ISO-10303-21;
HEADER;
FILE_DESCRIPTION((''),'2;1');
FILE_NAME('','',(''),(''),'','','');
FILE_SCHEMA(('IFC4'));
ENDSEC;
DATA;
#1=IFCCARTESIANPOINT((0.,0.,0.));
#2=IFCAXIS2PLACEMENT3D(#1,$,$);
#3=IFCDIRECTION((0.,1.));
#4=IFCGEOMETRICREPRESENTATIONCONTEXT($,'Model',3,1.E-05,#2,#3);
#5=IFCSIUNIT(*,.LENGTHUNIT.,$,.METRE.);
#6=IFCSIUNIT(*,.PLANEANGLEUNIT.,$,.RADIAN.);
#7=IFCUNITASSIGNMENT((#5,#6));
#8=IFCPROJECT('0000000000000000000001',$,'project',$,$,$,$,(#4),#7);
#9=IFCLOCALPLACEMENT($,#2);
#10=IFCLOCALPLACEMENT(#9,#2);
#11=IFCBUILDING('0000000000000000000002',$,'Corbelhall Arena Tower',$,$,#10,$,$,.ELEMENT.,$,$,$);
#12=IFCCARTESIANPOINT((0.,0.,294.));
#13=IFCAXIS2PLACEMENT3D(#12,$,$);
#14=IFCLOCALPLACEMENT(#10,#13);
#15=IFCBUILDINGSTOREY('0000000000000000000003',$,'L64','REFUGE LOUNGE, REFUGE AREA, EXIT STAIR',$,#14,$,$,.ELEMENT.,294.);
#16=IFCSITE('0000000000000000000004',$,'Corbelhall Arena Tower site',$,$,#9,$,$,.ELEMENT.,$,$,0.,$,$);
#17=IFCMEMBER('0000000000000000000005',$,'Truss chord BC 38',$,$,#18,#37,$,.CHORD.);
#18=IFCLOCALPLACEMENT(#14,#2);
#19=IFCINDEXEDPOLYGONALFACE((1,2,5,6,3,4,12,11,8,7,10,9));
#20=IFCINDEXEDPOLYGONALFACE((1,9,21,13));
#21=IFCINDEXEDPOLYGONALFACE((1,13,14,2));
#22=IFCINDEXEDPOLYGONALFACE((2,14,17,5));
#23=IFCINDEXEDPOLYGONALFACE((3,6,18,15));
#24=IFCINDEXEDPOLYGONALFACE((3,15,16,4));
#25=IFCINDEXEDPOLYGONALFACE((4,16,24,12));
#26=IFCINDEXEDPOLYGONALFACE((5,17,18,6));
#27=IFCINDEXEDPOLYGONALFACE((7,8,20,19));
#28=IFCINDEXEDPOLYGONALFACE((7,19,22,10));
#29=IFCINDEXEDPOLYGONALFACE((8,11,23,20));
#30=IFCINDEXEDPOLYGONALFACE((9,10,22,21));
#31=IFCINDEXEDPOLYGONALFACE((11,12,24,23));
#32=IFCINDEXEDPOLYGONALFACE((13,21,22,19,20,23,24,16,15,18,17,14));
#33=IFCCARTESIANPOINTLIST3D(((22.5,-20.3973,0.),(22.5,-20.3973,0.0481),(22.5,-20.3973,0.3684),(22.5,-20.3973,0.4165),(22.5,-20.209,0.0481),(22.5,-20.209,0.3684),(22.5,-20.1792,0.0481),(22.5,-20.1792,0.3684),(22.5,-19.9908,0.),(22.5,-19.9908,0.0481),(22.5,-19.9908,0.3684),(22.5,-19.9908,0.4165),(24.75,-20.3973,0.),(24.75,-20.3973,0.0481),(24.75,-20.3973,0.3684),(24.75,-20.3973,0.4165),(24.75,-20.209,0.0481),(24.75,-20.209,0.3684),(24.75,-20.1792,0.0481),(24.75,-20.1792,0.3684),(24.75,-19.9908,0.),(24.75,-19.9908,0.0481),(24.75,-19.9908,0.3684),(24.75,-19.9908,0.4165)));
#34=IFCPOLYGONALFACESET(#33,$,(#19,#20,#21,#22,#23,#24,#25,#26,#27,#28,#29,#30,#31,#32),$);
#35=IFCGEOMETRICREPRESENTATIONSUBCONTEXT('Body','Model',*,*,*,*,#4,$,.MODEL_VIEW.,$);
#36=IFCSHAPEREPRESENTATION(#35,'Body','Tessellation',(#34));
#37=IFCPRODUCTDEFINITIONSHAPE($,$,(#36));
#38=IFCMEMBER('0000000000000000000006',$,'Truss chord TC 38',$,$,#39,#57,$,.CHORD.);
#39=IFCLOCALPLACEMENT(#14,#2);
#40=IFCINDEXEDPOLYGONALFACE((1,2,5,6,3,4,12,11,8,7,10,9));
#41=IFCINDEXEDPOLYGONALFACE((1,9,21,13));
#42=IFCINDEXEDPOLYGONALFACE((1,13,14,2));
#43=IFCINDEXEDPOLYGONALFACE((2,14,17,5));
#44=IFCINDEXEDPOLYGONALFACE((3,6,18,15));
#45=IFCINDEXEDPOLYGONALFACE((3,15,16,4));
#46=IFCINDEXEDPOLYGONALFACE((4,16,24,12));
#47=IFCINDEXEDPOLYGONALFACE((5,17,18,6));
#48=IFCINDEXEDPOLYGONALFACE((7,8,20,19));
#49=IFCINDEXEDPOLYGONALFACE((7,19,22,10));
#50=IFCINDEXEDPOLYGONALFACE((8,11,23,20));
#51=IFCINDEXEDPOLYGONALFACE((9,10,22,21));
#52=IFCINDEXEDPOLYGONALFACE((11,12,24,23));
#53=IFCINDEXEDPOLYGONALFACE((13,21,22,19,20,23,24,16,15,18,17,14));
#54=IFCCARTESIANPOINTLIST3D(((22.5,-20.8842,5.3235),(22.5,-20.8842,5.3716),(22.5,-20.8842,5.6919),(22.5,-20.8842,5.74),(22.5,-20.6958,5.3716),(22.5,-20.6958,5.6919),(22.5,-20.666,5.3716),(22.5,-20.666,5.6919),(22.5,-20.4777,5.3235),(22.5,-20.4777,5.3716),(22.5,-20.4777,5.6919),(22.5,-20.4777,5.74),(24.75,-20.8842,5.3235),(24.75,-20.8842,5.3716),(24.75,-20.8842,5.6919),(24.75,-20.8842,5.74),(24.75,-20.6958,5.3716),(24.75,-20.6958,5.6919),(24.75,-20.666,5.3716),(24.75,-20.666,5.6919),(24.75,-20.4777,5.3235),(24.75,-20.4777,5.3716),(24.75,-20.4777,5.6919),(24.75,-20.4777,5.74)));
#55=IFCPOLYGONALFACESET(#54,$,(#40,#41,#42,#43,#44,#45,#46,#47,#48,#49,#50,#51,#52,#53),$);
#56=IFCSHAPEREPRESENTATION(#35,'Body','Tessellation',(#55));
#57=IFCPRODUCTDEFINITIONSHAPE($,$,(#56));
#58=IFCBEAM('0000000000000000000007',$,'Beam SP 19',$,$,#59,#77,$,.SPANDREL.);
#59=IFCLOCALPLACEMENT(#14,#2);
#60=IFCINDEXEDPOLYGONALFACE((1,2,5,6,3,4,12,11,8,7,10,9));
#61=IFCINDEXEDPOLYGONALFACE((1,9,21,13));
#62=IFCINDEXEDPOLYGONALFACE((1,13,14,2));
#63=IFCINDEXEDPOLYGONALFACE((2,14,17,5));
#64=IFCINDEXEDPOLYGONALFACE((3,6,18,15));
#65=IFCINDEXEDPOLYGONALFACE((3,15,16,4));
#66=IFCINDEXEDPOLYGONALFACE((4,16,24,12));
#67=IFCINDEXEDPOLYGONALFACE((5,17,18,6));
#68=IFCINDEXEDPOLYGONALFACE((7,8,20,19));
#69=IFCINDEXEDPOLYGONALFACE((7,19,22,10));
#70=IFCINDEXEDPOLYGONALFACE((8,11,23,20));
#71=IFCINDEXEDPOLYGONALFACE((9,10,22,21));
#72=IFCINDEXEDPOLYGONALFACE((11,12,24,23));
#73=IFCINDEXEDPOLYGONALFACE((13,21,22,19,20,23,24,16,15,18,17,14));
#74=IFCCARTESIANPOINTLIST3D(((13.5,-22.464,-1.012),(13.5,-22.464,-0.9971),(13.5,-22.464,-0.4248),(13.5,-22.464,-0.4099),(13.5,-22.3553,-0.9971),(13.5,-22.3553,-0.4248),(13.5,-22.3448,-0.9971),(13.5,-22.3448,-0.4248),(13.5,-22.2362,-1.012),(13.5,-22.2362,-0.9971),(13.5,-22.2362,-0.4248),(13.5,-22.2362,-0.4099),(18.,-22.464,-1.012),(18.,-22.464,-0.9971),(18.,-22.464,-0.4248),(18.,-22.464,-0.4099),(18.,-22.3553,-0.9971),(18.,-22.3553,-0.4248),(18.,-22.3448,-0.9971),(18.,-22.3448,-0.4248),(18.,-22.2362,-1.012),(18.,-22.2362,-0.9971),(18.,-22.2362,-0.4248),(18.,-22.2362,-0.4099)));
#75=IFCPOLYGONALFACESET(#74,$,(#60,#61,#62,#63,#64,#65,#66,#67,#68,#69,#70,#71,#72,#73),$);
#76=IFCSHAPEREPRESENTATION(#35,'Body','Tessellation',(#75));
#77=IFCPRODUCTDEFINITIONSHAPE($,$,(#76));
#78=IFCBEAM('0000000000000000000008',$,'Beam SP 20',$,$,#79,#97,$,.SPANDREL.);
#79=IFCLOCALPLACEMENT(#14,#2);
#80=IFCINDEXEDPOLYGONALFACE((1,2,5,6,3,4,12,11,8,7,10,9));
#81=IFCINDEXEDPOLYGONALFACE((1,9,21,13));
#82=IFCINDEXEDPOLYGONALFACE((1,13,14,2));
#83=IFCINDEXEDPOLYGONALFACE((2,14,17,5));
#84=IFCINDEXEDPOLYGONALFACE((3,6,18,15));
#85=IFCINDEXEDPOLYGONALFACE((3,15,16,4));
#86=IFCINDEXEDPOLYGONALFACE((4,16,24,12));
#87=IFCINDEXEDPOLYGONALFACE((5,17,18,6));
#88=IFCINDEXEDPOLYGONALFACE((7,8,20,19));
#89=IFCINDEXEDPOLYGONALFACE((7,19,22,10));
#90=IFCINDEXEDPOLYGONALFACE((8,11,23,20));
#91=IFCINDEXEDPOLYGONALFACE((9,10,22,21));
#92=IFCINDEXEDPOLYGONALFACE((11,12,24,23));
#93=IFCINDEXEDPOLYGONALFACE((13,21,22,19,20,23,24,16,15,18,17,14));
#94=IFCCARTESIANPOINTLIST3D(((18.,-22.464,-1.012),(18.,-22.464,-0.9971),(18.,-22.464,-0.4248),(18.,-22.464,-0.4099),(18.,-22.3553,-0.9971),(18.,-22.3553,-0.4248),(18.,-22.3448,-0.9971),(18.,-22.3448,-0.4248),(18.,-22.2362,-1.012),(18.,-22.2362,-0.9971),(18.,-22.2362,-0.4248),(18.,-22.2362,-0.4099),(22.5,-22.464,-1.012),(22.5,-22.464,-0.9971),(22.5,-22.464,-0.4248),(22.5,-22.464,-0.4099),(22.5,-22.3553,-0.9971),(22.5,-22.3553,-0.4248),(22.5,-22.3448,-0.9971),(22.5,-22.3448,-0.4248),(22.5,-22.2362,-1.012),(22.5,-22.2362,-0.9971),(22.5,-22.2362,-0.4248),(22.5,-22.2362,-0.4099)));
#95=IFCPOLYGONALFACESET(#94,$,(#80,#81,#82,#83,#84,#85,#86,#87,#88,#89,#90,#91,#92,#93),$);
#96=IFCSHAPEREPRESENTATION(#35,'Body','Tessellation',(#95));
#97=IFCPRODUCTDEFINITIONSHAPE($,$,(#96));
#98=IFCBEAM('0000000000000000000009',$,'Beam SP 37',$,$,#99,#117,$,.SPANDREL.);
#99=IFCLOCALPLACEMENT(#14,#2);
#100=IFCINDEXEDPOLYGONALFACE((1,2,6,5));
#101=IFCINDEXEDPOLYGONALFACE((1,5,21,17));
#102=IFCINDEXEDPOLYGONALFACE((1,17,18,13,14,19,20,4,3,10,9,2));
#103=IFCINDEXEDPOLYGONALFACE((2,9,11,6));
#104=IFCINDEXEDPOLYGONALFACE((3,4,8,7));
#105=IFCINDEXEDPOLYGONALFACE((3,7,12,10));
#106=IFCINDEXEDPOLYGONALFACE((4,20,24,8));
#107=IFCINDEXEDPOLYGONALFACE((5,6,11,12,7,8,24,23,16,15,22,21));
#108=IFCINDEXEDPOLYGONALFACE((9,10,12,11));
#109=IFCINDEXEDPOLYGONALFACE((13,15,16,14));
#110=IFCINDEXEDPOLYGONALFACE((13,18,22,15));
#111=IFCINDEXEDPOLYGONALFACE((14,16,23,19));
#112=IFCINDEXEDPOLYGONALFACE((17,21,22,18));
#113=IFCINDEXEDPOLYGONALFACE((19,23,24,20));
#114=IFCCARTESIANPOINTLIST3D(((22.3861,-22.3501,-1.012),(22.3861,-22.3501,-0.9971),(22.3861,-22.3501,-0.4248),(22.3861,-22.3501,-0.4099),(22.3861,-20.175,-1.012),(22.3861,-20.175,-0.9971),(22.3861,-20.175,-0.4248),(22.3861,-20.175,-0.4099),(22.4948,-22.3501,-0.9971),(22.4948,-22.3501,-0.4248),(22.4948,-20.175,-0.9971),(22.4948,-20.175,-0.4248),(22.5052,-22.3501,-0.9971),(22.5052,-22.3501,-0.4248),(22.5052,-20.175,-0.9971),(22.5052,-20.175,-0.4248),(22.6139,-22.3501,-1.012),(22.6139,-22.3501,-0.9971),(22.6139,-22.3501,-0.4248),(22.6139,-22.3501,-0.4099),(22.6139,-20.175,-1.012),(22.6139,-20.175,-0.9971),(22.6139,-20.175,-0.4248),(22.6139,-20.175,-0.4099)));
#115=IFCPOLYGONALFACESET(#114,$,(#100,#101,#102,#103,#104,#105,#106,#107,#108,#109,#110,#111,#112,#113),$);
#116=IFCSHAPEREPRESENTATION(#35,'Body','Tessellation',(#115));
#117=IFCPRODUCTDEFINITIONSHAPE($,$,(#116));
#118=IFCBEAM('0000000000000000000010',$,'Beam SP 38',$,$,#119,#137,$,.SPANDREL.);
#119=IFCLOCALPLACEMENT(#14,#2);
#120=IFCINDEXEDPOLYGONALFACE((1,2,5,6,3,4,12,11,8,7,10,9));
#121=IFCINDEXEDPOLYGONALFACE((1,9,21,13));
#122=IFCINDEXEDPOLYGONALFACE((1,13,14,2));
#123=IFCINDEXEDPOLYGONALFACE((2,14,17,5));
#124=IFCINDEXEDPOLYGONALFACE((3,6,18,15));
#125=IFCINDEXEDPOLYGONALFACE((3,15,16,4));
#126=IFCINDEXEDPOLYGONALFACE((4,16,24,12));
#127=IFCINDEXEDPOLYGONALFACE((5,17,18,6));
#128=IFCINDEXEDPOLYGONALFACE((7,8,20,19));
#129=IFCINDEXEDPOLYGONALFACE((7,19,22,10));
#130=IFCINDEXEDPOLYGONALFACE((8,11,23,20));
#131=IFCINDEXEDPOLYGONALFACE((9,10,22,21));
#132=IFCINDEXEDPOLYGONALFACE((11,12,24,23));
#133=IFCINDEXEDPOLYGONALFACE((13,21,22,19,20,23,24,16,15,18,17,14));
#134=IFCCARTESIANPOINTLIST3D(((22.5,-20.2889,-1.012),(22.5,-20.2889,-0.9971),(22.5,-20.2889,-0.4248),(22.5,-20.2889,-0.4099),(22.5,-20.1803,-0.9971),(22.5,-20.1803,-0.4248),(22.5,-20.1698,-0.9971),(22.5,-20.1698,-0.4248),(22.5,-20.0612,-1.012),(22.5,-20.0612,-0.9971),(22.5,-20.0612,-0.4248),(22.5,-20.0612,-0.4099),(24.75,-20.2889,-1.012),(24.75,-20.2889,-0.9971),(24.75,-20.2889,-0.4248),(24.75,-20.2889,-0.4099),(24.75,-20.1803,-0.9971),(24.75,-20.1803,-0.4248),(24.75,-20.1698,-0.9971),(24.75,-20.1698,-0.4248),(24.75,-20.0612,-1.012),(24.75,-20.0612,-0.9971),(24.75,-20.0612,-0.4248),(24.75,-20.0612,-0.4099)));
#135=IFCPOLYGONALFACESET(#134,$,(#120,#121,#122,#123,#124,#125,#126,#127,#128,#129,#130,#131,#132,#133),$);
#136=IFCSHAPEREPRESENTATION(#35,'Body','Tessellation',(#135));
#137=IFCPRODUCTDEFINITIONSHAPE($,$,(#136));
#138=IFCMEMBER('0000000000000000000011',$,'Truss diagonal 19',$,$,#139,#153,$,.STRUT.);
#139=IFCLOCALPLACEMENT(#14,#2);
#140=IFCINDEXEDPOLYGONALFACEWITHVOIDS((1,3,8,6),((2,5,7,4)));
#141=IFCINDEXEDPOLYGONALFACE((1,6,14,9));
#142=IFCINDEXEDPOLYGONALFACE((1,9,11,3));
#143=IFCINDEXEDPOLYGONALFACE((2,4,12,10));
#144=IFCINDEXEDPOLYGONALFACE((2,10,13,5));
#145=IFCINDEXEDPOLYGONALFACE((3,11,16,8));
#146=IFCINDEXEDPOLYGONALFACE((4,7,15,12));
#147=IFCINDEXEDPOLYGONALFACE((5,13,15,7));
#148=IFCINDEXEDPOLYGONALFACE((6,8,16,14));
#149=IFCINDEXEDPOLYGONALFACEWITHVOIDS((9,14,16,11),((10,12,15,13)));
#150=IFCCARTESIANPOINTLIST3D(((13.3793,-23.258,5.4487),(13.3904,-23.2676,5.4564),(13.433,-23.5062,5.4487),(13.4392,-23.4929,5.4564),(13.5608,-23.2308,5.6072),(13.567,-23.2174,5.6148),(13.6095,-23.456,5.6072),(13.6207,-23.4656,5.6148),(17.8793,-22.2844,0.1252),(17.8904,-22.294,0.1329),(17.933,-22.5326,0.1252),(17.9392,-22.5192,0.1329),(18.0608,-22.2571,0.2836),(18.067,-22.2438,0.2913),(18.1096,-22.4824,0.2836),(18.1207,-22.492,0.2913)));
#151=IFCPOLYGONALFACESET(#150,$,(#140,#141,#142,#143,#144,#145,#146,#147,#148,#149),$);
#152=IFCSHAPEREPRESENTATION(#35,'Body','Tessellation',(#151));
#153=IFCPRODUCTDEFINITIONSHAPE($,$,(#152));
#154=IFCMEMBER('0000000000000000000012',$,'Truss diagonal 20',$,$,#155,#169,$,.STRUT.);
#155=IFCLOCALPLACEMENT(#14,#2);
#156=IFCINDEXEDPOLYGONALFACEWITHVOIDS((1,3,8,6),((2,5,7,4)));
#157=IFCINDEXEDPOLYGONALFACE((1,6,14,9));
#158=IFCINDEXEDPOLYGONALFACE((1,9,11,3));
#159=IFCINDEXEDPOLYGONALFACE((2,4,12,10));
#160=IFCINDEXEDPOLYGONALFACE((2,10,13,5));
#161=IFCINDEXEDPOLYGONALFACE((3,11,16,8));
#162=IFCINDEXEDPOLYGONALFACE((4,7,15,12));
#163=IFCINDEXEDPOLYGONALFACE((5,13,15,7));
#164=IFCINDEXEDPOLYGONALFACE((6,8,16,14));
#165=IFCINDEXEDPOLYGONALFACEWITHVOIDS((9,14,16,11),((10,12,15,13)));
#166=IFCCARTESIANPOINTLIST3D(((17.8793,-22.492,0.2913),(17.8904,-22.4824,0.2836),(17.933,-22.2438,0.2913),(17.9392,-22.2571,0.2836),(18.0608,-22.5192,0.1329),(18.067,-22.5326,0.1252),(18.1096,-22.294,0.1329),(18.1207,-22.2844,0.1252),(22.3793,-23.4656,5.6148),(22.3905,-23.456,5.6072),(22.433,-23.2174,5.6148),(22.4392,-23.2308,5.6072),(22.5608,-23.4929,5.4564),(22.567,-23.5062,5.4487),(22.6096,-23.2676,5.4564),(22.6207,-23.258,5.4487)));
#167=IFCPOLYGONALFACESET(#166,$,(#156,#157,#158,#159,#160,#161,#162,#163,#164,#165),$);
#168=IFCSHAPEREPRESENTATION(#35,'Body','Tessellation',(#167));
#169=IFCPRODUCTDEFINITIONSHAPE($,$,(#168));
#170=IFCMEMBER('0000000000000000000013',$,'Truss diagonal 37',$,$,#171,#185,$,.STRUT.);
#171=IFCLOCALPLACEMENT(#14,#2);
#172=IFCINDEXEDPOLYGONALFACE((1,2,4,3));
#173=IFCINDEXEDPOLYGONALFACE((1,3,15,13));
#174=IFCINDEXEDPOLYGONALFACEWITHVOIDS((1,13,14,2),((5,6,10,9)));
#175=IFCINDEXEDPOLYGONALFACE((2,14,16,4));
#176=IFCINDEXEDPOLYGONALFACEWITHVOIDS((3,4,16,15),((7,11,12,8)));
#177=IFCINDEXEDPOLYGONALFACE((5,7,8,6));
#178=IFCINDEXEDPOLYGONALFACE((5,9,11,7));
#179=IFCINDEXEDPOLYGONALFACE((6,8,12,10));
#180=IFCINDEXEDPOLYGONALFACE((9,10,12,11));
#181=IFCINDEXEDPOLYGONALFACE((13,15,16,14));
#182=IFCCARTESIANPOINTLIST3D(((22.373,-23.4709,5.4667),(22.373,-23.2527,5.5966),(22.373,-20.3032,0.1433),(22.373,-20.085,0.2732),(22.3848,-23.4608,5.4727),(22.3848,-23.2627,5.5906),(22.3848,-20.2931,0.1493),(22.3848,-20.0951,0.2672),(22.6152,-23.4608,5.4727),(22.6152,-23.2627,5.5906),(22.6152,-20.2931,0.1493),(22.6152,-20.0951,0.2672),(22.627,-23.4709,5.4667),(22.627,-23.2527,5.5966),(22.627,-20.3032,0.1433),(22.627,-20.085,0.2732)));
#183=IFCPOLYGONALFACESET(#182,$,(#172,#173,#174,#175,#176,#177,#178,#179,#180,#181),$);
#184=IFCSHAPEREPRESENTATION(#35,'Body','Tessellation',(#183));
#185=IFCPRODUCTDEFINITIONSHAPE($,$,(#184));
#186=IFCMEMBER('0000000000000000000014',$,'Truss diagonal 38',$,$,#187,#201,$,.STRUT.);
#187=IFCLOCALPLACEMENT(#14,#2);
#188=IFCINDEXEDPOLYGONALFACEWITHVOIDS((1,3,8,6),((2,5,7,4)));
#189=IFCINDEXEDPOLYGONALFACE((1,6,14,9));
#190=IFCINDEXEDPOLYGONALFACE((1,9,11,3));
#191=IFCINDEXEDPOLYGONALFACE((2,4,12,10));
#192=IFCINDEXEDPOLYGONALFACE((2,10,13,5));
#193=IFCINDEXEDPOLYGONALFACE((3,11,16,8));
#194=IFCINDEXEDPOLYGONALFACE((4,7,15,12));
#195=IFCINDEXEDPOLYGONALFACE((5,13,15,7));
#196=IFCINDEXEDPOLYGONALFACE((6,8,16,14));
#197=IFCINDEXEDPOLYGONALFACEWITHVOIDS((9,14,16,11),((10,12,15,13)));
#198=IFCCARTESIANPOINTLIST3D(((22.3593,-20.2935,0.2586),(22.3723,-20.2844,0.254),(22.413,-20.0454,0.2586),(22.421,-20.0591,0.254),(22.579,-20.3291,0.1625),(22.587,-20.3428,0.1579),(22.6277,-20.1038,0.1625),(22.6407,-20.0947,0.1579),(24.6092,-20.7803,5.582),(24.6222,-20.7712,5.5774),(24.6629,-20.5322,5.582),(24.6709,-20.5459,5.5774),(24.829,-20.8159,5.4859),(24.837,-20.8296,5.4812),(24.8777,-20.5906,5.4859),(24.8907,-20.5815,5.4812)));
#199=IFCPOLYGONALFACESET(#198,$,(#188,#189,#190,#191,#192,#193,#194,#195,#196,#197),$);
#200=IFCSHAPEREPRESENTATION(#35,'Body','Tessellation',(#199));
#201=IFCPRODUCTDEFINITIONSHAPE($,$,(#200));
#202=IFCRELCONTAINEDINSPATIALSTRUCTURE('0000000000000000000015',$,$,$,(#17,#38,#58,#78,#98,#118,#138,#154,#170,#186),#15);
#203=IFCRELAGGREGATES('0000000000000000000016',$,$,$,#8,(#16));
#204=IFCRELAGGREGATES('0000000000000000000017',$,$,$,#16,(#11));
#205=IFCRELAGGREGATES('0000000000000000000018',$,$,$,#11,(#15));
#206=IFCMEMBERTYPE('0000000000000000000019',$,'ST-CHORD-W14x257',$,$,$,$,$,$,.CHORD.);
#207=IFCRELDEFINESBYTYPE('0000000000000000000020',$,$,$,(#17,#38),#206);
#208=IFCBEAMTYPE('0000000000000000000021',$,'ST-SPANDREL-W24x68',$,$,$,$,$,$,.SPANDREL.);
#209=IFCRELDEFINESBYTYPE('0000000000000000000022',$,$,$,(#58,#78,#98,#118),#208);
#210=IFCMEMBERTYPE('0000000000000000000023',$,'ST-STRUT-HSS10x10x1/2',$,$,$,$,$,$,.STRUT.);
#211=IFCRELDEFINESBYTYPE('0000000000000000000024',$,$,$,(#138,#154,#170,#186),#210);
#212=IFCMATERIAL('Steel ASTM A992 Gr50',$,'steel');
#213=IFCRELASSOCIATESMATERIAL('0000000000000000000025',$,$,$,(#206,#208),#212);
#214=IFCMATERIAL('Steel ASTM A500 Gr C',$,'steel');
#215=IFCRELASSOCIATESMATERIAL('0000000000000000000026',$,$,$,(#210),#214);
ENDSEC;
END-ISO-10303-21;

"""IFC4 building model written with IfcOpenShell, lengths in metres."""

from ifc_helpers import new_model, si_unit, direction, frame, origin, origin_2d, place, context, subcontext, project, spatial, hollow_rectangle, i_section, extrude, material, material_profile, profile_set, type_object, element, save


model = new_model("IFC4")

# Units and contexts
model_context = context("Model", 3, precision=1e-05, world=origin(), true_north=direction((0.0, 1.0)))
body_context = subcontext(model_context, "Body", "Model", "MODEL_VIEW")
ifc_project = project(units=[si_unit("LENGTHUNIT", "METRE"), si_unit("PLANEANGLEUNIT", "RADIAN")], contexts=[model_context])

# Site, building, storey
site_placement = place(None, origin())
site = spatial("IfcSite", under=ifc_project, at=site_placement, Name="Corbelhall Arena Tower site", CompositionType="ELEMENT", RefElevation=0.0)
building_placement = place(site_placement, origin())
building = spatial("IfcBuilding", under=site, at=building_placement, Name="Corbelhall Arena Tower", CompositionType="ELEMENT")
storey_placement = place(building_placement, frame((0.0, 0.0, 294.0)))
storey = spatial("IfcBuildingStorey", under=building, at=storey_placement, Name="L64", Description="REFUGE LOUNGE, REFUGE AREA, EXIT STAIR", CompositionType="ELEMENT", Elevation=294.0)

# Members
ifc_material_1 = material(Name="Steel ASTM A992 Gr50", Category="steel")
ifc_material_profile_1 = material_profile(ifc_material_1, i_section(OverallWidth=0.4065, OverallDepth=0.4165, WebThickness=0.0298, FlangeThickness=0.0481, at=origin_2d()))
ifc_profile_set_1 = profile_set([ifc_material_profile_1], Name="Steel ASTM A992 Gr50")
member_type_1 = type_object("IfcMemberType", Name="ST-CHORD-W14x257", PredefinedType="CHORD", material=ifc_profile_set_1)
for number, where, z_axis, x_axis, name in (
    (1, (24.75, -20.1941, 0.2083), (-1.0, 0.0, 0.0), (0.0, -1.0, 0.0), "Truss chord BC 38"),
    (2, (24.75, -20.6809, 5.5317), (-1.0, 0.0, 0.0), (0.0, -1.0, 0.0), "Truss chord TC 38"),
):
    element("IfcMember", number, at=place(storey_placement, frame(where, z_axis=z_axis, x_axis=x_axis)), inside=storey, type_object=member_type_1, Name=name, PredefinedType="CHORD", context=body_context, shape_type="SweptSolid", body=[
        extrude(i_section(OverallWidth=0.4065, OverallDepth=0.4165, WebThickness=0.0298, FlangeThickness=0.0481, at=origin_2d()), origin(), (0.0, 0.0, 1.0), 2.25),
    ])

# Beams
ifc_material_profile_2 = material_profile(ifc_material_1, i_section(OverallWidth=0.2278, OverallDepth=0.6021, WebThickness=0.0105, FlangeThickness=0.0149, at=origin_2d()))
ifc_profile_set_2 = profile_set([ifc_material_profile_2], Name="Steel ASTM A992 Gr50")
beam_type = type_object("IfcBeamType", Name="ST-SPANDREL-W24x68", PredefinedType="SPANDREL", material=ifc_profile_set_2)
for number, where, z_axis, x_axis, name in (
    (3, (18.0, -22.3501, -0.7109), (-1.0, 0.0, 0.0), (0.0, -1.0, 0.0), "Beam SP 19"),
    (4, (22.5, -22.3501, -0.7109), (-1.0, 0.0, 0.0), (0.0, -1.0, 0.0), "Beam SP 20"),
):
    element("IfcBeam", number, at=place(storey_placement, frame(where, z_axis=z_axis, x_axis=x_axis)), inside=storey, type_object=beam_type, Name=name, PredefinedType="SPANDREL", context=body_context, shape_type="SweptSolid", body=[
        extrude(i_section(OverallWidth=0.2278, OverallDepth=0.6021, WebThickness=0.0105, FlangeThickness=0.0149, at=origin_2d()), origin(), (0.0, 0.0, 1.0), 4.5),
    ])
beam_1_placement = place(storey_placement, frame((22.5, -20.175, -0.7109), z_axis=(0.0, -1.0, 0.0), x_axis=(1.0, 0.0, 0.0)))
element("IfcBeam", 5, at=beam_1_placement, inside=storey, type_object=beam_type, Name="Beam SP 37", PredefinedType="SPANDREL", context=body_context, shape_type="SweptSolid", body=[
    extrude(i_section(OverallWidth=0.2278, OverallDepth=0.6021, WebThickness=0.0105, FlangeThickness=0.0149, at=origin_2d()), origin(), (0.0, 0.0, 1.0), 2.175),
])
beam_2_placement = place(storey_placement, frame((24.75, -20.175, -0.7109), z_axis=(-1.0, 0.0, 0.0), x_axis=(0.0, -1.0, 0.0)))
element("IfcBeam", 6, at=beam_2_placement, inside=storey, type_object=beam_type, Name="Beam SP 38", PredefinedType="SPANDREL", context=body_context, shape_type="SweptSolid", body=[
    extrude(i_section(OverallWidth=0.2278, OverallDepth=0.6021, WebThickness=0.0105, FlangeThickness=0.0149, at=origin_2d()), origin(), (0.0, 0.0, 1.0), 2.25),
])

# Members
ifc_material_2 = material(Name="Steel ASTM A500 Gr C", Category="steel")
ifc_material_profile_3 = material_profile(ifc_material_2, hollow_rectangle(XDim=0.2539, YDim=0.2539, WallThickness=0.0117, at=origin_2d()))
ifc_profile_set_3 = profile_set([ifc_material_profile_3], Name="Steel ASTM A500 Gr C")
member_type_2 = type_object("IfcMemberType", Name="ST-STRUT-HSS10x10x1/2", PredefinedType="STRUT", material=ifc_profile_set_3)
for number, where, z_axis, x_axis, name in (
    (7, (18.0, -22.3882, 0.2083), (-0.63936, -0.138334, 0.756361), (0.21147, -0.977385, 0.0), "Truss diagonal 19"),
    (8, (18.0, -22.3882, 0.2083), (0.63936, -0.138334, 0.756361), (0.21147, 0.977385, 0.0), "Truss diagonal 20"),
):
    element("IfcMember", number, at=place(storey_placement, frame(where, z_axis=z_axis, x_axis=x_axis)), inside=storey, type_object=member_type_2, Name=name, PredefinedType="STRUT", context=body_context, shape_type="SweptSolid", body=[
        extrude(hollow_rectangle(XDim=0.2539, YDim=0.2539, WallThickness=0.0117, at=origin_2d()), origin(), (0.0, 0.0, 1.0), 7.0383),
    ])
member_1_placement = place(storey_placement, frame((22.5, -20.1941, 0.2083), z_axis=(0.0, -0.511363, 0.859365), x_axis=(1.0, 0.0, 0.0)))
element("IfcMember", 9, at=member_1_placement, inside=storey, type_object=member_type_2, Name="Truss diagonal 37", PredefinedType="STRUT", context=body_context, shape_type="SweptSolid", body=[
    extrude(hollow_rectangle(XDim=0.2539, YDim=0.2539, WallThickness=0.0117, at=origin_2d()), origin(), (0.0, 0.0, 1.0), 6.1946),
])
member_2_placement = place(storey_placement, frame((22.5, -20.1941, 0.2083), z_axis=(0.387937, -0.083935, 0.917856), x_axis=(0.21147, 0.977385, 0.0)))
element("IfcMember", 10, at=member_2_placement, inside=storey, type_object=member_type_2, Name="Truss diagonal 38", PredefinedType="STRUT", context=body_context, shape_type="SweptSolid", body=[
    extrude(hollow_rectangle(XDim=0.2539, YDim=0.2539, WallThickness=0.0117, at=origin_2d()), origin(), (0.0, 0.0, 1.0), 5.7998),
])

save(model, "model.ifc")
